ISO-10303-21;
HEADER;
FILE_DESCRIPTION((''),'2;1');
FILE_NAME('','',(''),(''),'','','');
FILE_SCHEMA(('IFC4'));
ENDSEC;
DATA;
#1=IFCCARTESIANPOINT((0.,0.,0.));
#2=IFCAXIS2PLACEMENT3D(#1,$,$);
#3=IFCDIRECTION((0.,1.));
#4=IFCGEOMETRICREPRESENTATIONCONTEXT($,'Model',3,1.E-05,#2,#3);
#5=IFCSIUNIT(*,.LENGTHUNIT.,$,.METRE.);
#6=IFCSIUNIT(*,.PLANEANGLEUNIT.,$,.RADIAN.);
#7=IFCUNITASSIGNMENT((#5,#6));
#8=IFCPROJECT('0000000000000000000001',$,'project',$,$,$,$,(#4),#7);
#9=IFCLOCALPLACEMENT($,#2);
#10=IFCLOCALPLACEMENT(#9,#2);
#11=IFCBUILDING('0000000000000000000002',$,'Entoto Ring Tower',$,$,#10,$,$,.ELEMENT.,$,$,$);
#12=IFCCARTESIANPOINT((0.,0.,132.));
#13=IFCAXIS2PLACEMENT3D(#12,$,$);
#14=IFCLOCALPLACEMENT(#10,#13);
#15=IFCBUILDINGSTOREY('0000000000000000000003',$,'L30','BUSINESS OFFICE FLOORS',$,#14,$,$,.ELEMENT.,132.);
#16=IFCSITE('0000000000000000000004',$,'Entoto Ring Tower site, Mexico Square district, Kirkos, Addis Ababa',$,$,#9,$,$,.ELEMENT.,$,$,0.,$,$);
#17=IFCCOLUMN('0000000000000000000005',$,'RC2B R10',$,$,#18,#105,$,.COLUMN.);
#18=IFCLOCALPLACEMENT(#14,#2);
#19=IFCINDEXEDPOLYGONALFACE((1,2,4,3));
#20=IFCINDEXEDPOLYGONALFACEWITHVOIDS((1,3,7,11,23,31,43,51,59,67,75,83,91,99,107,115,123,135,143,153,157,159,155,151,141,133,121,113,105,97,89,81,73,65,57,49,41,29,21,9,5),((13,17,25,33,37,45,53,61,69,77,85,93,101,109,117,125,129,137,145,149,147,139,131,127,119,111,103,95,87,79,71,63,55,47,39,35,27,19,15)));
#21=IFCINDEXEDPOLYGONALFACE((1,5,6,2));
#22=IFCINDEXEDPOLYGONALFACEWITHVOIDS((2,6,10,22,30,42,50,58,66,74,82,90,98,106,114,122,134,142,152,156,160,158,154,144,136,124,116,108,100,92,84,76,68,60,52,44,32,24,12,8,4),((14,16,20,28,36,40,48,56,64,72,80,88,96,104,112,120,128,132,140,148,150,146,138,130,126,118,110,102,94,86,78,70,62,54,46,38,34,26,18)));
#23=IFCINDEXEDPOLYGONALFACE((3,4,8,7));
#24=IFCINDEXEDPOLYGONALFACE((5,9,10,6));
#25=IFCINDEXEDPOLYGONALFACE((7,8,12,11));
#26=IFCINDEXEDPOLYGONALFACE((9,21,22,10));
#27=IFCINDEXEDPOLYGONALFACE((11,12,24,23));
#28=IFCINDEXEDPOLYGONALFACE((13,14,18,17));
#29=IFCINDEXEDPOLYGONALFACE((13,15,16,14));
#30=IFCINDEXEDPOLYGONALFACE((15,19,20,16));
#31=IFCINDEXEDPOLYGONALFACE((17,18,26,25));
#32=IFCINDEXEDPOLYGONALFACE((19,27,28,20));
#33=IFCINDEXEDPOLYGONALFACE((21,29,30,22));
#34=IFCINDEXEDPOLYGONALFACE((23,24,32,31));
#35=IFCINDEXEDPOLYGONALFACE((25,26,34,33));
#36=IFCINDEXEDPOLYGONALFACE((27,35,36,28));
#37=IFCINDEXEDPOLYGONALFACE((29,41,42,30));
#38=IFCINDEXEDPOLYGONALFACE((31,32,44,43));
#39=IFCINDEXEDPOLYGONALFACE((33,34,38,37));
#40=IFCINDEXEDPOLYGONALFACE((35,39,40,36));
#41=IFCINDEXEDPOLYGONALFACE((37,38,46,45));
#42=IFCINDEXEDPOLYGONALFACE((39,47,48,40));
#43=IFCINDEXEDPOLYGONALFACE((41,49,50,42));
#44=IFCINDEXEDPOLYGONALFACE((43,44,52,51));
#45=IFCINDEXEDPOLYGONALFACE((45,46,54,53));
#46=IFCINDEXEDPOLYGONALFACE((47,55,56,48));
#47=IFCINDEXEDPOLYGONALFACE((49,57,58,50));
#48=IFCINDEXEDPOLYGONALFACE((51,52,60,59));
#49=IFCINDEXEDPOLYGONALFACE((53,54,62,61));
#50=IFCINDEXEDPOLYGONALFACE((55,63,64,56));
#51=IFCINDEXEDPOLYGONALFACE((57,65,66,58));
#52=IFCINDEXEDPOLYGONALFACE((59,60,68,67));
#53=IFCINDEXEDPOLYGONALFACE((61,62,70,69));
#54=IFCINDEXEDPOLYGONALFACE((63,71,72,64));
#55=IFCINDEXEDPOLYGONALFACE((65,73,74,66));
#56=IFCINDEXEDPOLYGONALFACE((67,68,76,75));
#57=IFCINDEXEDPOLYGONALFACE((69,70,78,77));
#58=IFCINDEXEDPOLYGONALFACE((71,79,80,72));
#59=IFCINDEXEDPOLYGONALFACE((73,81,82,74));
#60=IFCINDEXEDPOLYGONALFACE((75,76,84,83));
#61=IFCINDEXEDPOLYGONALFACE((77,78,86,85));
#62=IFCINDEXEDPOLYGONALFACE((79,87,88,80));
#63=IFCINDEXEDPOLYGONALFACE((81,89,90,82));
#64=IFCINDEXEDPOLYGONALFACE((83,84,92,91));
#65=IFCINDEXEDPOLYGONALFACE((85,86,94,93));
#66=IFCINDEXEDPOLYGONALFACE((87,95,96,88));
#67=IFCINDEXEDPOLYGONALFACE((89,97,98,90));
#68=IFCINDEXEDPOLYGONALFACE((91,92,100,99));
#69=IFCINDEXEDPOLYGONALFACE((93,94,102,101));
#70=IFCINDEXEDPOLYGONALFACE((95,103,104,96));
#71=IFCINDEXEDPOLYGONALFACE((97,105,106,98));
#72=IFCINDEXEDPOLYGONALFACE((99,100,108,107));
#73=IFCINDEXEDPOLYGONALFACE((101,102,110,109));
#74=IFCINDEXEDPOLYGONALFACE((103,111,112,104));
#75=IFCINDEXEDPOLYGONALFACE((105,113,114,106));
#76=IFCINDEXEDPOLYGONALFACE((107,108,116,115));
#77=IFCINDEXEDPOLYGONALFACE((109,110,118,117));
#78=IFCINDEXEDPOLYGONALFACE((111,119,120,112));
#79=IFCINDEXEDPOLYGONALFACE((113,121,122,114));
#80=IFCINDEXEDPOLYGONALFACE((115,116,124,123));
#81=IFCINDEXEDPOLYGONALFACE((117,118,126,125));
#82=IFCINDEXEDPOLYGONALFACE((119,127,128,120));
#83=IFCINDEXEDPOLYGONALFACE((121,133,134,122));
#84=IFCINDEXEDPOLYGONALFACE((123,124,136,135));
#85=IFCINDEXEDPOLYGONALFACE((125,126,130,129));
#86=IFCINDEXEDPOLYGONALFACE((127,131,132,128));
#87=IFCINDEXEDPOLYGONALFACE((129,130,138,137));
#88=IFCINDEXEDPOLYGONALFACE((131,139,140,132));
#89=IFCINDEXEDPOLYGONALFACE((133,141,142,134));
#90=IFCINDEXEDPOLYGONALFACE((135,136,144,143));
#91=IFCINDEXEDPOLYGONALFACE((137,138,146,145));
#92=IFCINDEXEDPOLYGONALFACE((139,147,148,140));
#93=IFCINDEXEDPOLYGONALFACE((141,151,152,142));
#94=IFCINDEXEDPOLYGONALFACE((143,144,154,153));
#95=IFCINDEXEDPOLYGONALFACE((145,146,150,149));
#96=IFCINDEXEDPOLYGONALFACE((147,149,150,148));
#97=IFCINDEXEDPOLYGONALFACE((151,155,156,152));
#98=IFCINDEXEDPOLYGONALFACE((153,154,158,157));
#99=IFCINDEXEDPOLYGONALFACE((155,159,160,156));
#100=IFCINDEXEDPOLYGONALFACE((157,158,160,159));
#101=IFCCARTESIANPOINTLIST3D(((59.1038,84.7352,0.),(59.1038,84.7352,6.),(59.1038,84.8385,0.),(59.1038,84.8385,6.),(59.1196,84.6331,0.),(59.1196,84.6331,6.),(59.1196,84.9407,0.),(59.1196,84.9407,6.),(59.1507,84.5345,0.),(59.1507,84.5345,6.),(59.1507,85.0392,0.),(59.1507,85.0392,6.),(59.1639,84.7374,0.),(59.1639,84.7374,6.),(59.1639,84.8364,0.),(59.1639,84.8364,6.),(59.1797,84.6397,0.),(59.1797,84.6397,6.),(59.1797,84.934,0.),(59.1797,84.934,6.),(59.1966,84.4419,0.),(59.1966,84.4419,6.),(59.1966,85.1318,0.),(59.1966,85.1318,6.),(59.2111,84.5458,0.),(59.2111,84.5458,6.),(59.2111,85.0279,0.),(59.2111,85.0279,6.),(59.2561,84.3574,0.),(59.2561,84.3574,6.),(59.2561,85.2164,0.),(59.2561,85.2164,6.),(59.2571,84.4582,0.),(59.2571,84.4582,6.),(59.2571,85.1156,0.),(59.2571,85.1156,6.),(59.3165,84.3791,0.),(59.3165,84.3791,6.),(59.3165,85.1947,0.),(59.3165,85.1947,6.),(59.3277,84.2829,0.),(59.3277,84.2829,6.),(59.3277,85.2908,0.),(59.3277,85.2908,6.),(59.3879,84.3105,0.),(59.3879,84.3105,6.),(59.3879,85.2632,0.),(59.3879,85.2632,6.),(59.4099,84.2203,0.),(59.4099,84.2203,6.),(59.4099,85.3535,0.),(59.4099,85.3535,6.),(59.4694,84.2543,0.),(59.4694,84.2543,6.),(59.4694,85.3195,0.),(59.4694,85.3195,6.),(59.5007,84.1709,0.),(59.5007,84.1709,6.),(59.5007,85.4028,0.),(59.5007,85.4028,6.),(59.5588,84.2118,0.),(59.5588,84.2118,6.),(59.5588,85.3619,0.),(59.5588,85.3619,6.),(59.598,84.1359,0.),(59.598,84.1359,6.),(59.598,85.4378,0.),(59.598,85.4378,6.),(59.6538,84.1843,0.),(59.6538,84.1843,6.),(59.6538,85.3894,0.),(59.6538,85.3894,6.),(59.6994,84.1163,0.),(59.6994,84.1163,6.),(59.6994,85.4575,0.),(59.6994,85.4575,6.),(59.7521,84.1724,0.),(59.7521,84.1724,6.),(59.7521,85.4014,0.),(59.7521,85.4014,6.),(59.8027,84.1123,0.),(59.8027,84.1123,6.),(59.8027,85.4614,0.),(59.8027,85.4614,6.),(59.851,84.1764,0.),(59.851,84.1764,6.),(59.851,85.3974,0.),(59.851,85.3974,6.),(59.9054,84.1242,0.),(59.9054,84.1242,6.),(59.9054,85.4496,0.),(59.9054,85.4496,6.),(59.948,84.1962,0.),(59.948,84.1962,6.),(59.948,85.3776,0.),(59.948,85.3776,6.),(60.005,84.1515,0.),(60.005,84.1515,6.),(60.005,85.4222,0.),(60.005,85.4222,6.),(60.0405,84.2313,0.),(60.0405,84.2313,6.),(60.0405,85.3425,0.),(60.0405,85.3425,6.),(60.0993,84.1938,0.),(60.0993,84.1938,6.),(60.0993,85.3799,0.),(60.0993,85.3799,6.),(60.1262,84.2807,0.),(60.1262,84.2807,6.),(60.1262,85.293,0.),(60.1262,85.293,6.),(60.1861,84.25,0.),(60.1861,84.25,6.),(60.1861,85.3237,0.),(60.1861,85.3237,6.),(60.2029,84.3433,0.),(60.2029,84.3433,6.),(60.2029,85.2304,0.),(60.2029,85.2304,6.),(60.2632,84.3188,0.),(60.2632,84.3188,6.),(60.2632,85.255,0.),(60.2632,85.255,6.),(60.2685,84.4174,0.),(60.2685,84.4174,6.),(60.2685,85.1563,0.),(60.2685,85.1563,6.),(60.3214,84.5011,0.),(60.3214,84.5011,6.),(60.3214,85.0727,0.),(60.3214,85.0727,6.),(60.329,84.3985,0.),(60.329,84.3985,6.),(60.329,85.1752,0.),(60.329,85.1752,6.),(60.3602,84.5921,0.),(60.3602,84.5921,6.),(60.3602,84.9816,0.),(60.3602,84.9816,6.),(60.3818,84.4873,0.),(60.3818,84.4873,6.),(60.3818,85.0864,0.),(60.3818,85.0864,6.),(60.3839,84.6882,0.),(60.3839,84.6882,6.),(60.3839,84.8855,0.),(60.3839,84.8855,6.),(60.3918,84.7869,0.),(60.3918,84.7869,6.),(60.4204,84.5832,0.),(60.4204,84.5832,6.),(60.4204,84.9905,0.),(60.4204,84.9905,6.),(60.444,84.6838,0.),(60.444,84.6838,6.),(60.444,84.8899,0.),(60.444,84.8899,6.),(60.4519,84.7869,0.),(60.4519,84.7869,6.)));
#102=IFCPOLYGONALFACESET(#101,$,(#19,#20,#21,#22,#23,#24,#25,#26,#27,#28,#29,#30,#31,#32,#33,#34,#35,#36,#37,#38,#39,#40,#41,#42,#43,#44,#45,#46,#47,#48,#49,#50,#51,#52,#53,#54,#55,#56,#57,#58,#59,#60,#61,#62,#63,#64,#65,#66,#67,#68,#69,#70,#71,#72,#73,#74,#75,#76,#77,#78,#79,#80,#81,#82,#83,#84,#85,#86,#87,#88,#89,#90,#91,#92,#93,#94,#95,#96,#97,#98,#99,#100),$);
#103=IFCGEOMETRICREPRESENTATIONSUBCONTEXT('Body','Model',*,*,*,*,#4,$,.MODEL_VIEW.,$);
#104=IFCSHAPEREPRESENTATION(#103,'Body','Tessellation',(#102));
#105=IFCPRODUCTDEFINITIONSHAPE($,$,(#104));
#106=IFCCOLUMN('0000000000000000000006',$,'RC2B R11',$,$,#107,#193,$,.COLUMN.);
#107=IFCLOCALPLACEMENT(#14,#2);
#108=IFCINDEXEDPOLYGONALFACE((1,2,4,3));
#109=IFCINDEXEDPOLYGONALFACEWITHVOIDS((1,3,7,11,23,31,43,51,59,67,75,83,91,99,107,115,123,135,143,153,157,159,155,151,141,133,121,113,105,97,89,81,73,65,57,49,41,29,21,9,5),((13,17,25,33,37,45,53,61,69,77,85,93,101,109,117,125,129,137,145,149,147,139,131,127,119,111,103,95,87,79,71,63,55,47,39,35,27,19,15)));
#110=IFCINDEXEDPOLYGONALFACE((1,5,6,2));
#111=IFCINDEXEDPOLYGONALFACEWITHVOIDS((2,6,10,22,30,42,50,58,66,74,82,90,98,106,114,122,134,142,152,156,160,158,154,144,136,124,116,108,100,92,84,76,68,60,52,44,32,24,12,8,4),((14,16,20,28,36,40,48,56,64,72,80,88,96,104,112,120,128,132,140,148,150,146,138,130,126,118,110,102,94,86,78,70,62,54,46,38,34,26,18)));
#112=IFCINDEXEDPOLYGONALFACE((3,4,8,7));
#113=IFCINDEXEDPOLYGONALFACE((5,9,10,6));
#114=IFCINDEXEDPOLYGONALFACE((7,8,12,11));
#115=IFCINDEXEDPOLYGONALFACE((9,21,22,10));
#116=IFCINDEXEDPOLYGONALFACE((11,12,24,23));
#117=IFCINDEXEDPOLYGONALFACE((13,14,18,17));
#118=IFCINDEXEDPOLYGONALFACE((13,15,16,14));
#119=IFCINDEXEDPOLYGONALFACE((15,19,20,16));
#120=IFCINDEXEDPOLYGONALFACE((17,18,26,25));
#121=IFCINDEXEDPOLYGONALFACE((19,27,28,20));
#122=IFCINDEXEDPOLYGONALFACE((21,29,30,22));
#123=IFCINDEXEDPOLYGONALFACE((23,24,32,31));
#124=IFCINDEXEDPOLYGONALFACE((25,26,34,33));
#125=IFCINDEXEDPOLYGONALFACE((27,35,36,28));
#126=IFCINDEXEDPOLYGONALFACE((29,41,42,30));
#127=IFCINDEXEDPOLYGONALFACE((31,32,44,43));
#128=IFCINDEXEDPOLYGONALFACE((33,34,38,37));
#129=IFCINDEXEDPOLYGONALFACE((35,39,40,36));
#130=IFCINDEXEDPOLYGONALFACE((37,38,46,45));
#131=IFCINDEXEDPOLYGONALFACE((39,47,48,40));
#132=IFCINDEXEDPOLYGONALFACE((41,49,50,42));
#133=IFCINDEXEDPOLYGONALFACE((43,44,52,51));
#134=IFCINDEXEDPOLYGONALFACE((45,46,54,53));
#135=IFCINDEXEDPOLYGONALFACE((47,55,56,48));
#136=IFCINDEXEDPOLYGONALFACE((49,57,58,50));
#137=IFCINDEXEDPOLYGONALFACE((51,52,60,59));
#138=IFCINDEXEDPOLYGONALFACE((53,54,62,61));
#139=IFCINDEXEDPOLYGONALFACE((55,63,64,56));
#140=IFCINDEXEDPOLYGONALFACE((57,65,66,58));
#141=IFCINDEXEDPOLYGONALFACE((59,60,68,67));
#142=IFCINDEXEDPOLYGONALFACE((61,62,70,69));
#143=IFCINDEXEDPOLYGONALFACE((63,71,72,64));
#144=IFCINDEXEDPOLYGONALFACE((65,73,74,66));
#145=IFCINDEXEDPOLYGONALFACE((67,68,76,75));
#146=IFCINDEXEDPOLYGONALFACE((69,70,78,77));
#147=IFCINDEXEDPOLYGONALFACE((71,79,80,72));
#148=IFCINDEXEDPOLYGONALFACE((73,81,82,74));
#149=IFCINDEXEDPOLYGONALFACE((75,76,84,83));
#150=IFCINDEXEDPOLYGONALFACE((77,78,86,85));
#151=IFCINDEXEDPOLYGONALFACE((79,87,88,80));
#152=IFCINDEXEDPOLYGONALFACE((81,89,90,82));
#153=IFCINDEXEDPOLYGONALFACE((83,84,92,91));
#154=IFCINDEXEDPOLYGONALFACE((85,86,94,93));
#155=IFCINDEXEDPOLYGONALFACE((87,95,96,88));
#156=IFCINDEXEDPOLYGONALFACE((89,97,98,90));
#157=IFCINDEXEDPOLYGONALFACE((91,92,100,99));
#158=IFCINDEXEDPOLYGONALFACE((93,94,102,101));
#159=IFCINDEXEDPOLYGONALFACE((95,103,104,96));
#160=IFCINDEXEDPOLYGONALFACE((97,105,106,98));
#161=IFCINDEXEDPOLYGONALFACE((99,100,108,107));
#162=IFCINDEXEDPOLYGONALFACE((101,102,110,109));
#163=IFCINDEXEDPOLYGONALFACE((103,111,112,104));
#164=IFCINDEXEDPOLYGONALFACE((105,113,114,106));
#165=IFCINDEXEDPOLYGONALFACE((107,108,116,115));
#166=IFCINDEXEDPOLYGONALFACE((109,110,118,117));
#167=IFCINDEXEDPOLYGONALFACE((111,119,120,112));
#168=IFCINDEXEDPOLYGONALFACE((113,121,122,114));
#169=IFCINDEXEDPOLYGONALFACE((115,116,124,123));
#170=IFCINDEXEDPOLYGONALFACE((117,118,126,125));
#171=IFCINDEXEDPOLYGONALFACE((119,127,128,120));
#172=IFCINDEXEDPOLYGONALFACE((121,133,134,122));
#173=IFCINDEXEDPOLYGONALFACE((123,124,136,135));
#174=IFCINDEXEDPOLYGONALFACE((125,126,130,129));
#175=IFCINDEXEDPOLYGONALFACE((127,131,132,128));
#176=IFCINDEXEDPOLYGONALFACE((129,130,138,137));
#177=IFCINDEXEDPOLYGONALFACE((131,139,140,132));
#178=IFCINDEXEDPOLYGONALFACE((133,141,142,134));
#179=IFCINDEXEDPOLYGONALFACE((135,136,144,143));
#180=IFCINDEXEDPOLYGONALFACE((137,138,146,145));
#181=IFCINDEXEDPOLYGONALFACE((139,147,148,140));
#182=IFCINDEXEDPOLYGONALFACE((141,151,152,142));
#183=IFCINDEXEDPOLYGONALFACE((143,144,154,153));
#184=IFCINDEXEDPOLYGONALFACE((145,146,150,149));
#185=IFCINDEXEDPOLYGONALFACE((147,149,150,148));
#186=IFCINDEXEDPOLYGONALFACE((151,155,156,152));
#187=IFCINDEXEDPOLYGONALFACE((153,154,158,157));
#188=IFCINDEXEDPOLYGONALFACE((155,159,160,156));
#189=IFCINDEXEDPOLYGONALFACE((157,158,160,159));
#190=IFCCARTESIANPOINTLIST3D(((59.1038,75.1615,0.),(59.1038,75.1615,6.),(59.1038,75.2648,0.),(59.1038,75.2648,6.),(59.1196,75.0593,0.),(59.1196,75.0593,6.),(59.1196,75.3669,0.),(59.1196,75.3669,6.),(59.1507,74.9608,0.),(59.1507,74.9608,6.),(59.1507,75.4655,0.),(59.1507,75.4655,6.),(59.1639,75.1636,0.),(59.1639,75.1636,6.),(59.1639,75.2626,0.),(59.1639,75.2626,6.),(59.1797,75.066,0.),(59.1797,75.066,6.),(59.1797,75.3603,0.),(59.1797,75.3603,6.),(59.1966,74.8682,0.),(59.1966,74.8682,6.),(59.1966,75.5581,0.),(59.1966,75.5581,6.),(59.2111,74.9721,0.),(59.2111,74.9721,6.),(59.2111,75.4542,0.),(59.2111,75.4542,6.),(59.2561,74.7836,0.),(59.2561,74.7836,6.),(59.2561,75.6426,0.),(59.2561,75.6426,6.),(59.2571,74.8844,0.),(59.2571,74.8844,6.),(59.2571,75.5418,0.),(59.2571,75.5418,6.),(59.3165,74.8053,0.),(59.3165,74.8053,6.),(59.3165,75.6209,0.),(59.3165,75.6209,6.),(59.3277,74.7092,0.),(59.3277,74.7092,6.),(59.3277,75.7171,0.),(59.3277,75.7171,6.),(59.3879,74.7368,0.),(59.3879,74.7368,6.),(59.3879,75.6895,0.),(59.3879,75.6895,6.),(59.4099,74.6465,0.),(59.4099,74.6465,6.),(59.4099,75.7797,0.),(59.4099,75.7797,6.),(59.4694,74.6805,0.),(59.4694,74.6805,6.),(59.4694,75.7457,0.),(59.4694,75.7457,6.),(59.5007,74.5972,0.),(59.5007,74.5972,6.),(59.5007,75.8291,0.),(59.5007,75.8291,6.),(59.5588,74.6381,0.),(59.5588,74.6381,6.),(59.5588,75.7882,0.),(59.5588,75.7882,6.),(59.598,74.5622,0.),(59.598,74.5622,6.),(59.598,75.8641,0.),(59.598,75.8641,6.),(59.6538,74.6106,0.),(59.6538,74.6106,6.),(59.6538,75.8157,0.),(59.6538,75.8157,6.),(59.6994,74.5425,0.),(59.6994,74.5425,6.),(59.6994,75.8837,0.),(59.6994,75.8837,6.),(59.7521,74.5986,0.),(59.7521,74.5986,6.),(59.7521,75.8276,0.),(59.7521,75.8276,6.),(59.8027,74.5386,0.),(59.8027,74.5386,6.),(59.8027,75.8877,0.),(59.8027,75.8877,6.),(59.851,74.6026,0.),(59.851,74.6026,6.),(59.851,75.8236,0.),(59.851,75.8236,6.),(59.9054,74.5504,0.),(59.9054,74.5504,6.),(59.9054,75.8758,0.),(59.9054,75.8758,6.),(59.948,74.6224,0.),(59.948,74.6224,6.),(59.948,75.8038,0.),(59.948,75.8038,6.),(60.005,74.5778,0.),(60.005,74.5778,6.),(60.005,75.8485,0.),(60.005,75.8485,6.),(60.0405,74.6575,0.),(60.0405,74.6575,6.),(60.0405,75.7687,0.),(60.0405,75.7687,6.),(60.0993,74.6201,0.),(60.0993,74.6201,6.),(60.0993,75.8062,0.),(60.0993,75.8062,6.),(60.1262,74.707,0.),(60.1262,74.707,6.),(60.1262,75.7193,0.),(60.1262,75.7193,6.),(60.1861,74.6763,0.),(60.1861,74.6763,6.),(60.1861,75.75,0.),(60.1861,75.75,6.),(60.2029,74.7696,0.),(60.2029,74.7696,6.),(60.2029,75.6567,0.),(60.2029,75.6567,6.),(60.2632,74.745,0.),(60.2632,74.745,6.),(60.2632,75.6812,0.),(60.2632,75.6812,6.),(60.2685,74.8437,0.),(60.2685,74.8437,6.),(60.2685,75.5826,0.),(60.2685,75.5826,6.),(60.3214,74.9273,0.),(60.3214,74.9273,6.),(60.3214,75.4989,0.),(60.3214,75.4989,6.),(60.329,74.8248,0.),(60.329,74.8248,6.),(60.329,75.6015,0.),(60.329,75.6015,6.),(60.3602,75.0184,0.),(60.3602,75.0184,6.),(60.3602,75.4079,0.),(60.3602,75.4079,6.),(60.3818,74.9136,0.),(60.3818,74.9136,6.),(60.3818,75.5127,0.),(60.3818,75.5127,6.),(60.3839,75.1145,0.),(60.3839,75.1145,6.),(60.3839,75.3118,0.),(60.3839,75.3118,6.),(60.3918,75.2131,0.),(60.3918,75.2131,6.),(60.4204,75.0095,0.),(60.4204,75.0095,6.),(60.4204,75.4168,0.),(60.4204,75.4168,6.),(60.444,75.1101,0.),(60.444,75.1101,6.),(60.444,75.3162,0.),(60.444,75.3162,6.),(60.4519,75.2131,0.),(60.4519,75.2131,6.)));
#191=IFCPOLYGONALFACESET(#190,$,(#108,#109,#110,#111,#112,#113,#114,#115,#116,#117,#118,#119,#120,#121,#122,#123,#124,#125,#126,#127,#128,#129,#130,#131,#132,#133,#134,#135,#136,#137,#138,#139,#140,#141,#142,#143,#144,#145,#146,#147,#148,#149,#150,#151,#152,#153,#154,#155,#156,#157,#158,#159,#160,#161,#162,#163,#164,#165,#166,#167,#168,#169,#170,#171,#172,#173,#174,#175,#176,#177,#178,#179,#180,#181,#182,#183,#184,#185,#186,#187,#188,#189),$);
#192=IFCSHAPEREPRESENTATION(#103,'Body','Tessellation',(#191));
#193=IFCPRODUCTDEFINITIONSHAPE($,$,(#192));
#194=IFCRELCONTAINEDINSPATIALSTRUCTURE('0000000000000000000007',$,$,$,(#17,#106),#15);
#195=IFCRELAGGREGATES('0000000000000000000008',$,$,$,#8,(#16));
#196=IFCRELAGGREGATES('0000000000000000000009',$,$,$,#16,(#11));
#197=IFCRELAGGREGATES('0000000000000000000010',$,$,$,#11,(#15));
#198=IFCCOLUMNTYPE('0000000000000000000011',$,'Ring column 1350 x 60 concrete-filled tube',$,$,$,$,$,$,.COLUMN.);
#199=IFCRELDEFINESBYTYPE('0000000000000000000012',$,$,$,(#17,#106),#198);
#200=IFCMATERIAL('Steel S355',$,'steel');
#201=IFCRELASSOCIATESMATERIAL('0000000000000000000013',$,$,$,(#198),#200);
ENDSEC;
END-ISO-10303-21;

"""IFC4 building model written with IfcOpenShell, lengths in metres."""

from ifc_helpers import new_model, si_unit, direction, frame, origin, origin_2d, place, context, subcontext, project, spatial, circle, hollow_circle, extrude, material, material_profile, profile_set, type_object, element, save


model = new_model("IFC4")

# Units and contexts
model_context = context("Model", 3, precision=1e-05, world=origin(), true_north=direction((0.0, 1.0)))
body_context = subcontext(model_context, "Body", "Model", "MODEL_VIEW")
ifc_project = project(units=[si_unit("LENGTHUNIT", "METRE"), si_unit("PLANEANGLEUNIT", "RADIAN")], contexts=[model_context])

# Site, building, storey
site_placement = place(None, origin())
site = spatial("IfcSite", under=ifc_project, at=site_placement, Name="Entoto Ring Tower site, Mexico Square district, Kirkos, Addis Ababa", CompositionType="ELEMENT", RefElevation=0.0)
building_placement = place(site_placement, origin())
building = spatial("IfcBuilding", under=site, at=building_placement, Name="Entoto Ring Tower", CompositionType="ELEMENT")
storey_placement = place(building_placement, frame((0.0, 0.0, 132.0)))
storey = spatial("IfcBuildingStorey", under=building, at=storey_placement, Name="L30", Description="BUSINESS OFFICE FLOORS", CompositionType="ELEMENT", Elevation=132.0)

# Columns
ifc_material_1 = material(Name="Steel S355", Category="steel")
ifc_material_profile_1 = material_profile(ifc_material_1, hollow_circle(Radius=0.675, WallThickness=0.0601, at=origin_2d()), Name="CHS 1350 x 60")
ifc_material_2 = material(Name="Concrete C60/75", Category="concrete")
ifc_material_profile_2 = material_profile(ifc_material_2, circle(Radius=0.615, at=origin_2d()), Name="Concrete C60/75 infill")
ifc_profile_set_1 = profile_set([ifc_material_profile_1, ifc_material_profile_2], Name="Steel S355")
column_type = type_object("IfcColumnType", Name="Ring column 1350 x 60 concrete-filled tube", PredefinedType="COLUMN", material=ifc_profile_set_1)
for number, where, z_axis, x_axis, name in (
    (1, (59.7769, 84.7869, 0.0), (0.0, 0.0, 1.0), (1.0, 0.0, 0.0), "RC2B R10"),
    (2, (59.7769, 75.2131, 0.0), (0.0, 0.0, 1.0), (1.0, 0.0, 0.0), "RC2B R11"),
):
    element("IfcColumn", number, at=place(storey_placement, frame(where, z_axis=z_axis, x_axis=x_axis)), inside=storey, type_object=column_type, Name=name, PredefinedType="COLUMN", context=body_context, shape_type="SweptSolid", body=[
        extrude(hollow_circle(Radius=0.675, WallThickness=0.0601, at=origin_2d()), origin(), (0.0, 0.0, 1.0), 6.0),
    ])

save(model, "model.ifc")
